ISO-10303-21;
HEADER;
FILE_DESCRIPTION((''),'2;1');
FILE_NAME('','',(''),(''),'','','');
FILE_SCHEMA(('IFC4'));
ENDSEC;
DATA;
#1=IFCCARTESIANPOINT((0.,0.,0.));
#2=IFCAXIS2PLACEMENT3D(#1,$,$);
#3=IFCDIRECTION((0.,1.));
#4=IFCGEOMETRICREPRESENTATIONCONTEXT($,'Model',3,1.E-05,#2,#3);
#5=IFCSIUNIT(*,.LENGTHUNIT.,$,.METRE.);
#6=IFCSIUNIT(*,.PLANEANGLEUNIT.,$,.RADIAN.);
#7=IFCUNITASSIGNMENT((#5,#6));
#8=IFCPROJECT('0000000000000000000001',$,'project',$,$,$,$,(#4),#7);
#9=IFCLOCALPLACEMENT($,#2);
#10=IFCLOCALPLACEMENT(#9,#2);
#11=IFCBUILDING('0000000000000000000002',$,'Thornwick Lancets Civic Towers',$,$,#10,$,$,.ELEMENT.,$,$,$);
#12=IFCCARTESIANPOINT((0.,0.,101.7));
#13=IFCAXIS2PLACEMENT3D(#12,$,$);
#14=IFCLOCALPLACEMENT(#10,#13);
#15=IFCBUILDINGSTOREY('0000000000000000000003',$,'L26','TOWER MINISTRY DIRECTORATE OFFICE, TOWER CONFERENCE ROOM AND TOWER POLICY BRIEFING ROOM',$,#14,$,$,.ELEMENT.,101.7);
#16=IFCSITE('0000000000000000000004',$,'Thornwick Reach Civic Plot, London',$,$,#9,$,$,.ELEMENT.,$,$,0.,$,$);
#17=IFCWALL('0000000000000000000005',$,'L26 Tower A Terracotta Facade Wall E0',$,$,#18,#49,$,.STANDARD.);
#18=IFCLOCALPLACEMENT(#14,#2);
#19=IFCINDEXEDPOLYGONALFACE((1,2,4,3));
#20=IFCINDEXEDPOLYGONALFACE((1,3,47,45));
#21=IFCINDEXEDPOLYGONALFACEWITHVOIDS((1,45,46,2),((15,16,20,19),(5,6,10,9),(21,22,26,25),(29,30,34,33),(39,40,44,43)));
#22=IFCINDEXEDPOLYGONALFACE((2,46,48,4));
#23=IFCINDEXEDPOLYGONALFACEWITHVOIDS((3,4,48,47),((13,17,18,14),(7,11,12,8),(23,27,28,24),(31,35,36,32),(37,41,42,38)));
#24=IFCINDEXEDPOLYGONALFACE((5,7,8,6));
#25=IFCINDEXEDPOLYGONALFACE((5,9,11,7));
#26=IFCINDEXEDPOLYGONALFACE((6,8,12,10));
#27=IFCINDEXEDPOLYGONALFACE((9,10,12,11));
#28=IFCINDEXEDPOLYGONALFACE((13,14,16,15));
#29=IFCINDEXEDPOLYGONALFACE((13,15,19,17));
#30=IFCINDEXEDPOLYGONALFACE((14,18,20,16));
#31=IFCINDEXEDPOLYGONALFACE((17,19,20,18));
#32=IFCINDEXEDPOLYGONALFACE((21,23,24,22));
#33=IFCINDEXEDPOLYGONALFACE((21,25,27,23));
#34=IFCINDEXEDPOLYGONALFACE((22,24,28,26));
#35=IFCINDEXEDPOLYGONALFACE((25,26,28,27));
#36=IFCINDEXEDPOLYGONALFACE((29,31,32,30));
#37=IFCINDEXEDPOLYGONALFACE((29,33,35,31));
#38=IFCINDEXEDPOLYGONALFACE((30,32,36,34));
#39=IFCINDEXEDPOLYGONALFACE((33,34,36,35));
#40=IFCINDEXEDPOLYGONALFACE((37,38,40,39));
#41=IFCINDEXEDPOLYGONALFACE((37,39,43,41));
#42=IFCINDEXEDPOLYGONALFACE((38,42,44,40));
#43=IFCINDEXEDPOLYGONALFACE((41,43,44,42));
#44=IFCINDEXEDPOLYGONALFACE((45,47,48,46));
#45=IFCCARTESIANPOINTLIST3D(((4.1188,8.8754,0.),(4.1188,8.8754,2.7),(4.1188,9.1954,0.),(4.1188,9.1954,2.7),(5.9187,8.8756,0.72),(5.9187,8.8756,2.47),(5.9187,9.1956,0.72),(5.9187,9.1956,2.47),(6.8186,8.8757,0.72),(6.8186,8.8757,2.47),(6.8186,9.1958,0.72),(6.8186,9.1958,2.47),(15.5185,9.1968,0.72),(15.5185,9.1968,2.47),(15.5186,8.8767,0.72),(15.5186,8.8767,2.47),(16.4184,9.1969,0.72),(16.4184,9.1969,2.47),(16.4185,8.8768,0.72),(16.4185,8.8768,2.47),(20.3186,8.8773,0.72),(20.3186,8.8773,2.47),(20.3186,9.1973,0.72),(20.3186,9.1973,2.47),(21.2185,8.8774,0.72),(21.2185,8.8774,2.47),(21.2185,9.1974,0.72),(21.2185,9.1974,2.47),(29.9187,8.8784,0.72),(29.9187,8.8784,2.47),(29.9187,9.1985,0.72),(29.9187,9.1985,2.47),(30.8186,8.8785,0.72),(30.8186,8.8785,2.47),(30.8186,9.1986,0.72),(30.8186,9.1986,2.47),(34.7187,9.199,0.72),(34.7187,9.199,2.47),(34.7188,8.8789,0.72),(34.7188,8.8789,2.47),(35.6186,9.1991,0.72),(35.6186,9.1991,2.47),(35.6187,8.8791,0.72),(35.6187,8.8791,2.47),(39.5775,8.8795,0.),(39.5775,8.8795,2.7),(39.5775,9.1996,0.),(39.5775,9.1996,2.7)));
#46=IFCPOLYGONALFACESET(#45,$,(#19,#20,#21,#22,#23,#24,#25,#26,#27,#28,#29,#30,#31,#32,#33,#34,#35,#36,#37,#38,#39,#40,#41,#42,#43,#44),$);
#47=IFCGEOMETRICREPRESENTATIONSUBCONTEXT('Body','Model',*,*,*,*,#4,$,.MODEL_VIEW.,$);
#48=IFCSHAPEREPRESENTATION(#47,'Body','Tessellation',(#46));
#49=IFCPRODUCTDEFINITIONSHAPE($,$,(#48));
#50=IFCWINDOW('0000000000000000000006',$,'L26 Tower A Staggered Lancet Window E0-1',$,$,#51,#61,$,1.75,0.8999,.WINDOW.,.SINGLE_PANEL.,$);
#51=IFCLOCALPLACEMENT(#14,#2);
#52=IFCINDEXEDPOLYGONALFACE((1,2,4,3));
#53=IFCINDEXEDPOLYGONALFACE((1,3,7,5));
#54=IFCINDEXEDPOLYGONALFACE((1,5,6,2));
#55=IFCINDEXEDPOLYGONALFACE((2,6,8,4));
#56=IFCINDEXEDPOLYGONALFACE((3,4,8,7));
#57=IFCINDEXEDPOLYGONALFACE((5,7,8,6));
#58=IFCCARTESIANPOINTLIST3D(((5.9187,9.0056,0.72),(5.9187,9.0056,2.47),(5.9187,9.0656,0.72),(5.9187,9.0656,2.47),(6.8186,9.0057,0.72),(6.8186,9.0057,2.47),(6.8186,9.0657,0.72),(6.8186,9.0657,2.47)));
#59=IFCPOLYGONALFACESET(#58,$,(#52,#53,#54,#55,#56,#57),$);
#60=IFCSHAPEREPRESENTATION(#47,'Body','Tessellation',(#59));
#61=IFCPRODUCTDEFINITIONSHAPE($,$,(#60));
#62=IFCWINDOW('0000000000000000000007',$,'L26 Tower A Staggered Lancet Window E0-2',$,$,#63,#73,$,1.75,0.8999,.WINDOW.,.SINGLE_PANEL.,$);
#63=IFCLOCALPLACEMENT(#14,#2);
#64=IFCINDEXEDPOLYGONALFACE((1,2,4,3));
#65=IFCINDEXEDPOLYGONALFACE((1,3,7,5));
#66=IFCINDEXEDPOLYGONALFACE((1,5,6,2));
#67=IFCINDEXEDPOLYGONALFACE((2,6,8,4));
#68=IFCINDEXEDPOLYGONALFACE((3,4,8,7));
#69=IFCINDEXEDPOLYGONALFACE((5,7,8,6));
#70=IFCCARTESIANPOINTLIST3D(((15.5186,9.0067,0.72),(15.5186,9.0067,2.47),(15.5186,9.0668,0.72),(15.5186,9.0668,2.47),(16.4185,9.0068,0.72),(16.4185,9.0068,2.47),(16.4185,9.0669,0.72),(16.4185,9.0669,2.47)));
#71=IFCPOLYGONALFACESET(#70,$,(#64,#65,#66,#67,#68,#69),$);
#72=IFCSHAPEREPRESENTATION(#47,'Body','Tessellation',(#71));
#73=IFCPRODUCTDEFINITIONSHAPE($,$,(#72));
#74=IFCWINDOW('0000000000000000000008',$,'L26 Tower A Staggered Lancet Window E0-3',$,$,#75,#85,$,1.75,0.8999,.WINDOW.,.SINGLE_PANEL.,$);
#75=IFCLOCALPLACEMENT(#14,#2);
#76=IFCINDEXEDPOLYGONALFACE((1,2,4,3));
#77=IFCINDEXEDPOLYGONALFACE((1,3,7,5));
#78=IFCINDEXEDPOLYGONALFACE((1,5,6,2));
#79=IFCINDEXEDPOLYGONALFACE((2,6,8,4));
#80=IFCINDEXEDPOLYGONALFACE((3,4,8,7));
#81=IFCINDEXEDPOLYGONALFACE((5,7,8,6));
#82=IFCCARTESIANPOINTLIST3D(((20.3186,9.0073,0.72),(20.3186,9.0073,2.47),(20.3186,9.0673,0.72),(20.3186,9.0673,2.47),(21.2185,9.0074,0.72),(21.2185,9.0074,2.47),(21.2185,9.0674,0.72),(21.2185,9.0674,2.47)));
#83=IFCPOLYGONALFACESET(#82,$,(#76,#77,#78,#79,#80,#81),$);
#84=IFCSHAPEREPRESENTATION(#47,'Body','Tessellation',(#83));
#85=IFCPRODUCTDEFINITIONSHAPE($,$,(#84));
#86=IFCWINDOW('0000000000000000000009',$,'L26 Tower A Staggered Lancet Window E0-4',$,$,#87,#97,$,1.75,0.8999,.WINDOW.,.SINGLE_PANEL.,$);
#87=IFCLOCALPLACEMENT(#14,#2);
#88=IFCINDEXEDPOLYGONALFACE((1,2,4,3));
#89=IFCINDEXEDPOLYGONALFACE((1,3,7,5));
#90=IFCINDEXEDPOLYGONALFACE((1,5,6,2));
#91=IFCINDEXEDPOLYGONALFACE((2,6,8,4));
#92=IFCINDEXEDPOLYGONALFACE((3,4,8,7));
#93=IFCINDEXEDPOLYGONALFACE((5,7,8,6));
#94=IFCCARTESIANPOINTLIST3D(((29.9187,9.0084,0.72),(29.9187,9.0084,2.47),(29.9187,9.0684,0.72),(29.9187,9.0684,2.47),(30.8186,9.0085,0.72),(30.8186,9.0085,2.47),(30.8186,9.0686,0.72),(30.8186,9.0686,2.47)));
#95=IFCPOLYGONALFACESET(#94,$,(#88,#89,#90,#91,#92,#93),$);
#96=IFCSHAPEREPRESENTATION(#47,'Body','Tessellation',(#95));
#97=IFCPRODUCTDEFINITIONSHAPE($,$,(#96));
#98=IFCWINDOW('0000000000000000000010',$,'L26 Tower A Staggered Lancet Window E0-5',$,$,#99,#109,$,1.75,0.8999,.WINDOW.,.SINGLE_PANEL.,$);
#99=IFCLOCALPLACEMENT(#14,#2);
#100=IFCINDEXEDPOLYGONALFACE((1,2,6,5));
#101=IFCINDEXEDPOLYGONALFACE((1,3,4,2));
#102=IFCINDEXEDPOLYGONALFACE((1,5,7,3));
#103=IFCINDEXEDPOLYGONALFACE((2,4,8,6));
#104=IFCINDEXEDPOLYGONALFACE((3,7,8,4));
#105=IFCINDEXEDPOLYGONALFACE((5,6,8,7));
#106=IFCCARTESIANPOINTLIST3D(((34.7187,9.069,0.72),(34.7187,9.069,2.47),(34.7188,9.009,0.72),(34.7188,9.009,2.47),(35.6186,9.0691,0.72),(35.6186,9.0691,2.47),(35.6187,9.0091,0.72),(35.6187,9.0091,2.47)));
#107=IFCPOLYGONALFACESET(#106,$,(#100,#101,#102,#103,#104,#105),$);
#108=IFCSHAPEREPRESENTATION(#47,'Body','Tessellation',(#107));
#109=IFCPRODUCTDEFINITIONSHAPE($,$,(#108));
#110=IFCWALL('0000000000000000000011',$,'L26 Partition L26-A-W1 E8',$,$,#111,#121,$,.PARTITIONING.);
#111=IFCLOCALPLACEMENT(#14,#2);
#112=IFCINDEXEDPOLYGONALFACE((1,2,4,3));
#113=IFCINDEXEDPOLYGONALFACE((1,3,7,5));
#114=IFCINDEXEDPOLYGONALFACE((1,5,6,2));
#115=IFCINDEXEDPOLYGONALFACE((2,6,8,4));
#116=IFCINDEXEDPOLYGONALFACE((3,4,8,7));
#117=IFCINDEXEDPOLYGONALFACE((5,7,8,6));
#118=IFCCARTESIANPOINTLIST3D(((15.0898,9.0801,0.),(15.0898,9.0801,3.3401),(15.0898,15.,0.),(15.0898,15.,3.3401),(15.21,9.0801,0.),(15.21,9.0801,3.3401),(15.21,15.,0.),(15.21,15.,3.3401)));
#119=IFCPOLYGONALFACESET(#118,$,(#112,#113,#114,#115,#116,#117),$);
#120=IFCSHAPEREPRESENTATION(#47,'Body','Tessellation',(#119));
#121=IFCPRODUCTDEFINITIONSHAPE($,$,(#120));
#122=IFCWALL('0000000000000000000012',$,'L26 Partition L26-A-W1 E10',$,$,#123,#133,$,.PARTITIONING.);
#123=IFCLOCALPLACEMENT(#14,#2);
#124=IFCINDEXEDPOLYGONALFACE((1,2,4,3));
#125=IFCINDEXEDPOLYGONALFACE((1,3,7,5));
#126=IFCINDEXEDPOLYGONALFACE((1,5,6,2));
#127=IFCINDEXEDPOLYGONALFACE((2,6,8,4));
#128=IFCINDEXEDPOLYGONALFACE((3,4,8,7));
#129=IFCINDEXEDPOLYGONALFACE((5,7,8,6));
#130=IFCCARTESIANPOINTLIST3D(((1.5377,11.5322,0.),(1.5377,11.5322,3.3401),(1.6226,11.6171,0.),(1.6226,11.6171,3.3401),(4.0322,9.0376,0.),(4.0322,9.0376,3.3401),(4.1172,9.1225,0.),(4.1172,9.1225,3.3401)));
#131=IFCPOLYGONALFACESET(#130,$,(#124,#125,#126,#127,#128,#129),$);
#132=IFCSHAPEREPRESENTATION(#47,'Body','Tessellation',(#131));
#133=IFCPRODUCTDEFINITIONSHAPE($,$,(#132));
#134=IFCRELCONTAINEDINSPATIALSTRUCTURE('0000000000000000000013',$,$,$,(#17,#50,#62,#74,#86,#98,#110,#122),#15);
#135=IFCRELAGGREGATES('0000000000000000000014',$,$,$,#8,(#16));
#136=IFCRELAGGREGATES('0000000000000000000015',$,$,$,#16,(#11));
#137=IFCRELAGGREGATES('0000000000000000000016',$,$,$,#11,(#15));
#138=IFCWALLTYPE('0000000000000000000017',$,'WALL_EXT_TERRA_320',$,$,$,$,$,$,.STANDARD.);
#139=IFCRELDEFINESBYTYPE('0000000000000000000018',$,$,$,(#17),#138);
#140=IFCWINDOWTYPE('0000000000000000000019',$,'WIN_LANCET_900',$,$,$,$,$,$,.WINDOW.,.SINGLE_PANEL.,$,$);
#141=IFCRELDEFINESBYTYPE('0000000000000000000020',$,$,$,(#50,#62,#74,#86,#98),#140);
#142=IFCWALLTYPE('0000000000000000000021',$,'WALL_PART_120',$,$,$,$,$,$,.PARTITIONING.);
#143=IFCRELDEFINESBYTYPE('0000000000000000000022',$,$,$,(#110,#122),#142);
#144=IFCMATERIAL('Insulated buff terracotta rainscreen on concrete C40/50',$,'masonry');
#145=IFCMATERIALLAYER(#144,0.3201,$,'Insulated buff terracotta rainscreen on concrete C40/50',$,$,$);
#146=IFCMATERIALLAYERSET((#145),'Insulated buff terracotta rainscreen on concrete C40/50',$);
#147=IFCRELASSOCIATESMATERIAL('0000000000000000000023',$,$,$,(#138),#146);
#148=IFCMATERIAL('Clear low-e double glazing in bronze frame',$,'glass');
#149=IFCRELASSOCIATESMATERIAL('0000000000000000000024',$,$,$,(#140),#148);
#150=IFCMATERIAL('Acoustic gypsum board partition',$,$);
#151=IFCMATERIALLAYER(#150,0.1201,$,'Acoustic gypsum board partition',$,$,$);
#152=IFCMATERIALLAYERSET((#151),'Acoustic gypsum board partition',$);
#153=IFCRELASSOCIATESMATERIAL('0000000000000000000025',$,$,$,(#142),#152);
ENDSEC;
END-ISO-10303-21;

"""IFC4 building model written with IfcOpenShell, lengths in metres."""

from ifc_helpers import new_model, si_unit, direction, frame, frame_2d, origin, place, context, subcontext, project, spatial, rectangle, extrude, material, layer, layer_set, type_object, element, fill, save


model = new_model("IFC4")

# Units and contexts
model_context = context("Model", 3, precision=1e-05, world=origin(), true_north=direction((0.0, 1.0)))
body_context = subcontext(model_context, "Body", "Model", "MODEL_VIEW")
ifc_project = project(units=[si_unit("LENGTHUNIT", "METRE"), si_unit("PLANEANGLEUNIT", "RADIAN")], contexts=[model_context])

# Site, building, storey
site_placement = place(None, origin())
site = spatial("IfcSite", under=ifc_project, at=site_placement, Name="Thornwick Reach Civic Plot, London", CompositionType="ELEMENT", RefElevation=0.0)
building_placement = place(site_placement, origin())
building = spatial("IfcBuilding", under=site, at=building_placement, Name="Thornwick Lancets Civic Towers", CompositionType="ELEMENT")
storey_placement = place(building_placement, frame((0.0, 0.0, 101.7)))
storey = spatial("IfcBuildingStorey", under=building, at=storey_placement, Name="L26", Description="TOWER MINISTRY DIRECTORATE OFFICE, TOWER CONFERENCE ROOM AND TOWER POLICY BRIEFING ROOM", CompositionType="ELEMENT", Elevation=101.7)

# Wall, openings, windows
ifc_material_1 = material(Name="Insulated buff terracotta rainscreen on concrete C40/50", Category="masonry")
ifc_layer_1 = layer(ifc_material_1, 0.3201, Name="Insulated buff terracotta rainscreen on concrete C40/50")
ifc_layer_set_1 = layer_set([ifc_layer_1], Name="Insulated buff terracotta rainscreen on concrete C40/50")
wall_type_1 = type_object("IfcWallType", Name="WALL_EXT_TERRA_320", PredefinedType="STANDARD", material=ifc_layer_set_1)
wall_1_placement = place(storey_placement, frame((4.1187, 9.0354, 0.0), z_axis=(0.0, 0.0, 1.0), x_axis=(1.0, 0.000117, 0.0)))
wall_1 = element("IfcWall", 1, at=wall_1_placement, inside=storey, type_object=wall_type_1, Name="L26 Tower A Terracotta Facade Wall E0", PredefinedType="STANDARD", context=body_context, shape_type="SweptSolid", body=[
    extrude(rectangle(XDim=35.4587, YDim=0.3201, at=frame_2d((17.7295, 0.0))), origin(), (0.0, 0.0, 1.0), 2.7),
])
opening_1_placement = place(wall_1_placement, frame((1.8, 0.0, 0.72)))
opening_1 = element("IfcOpeningElement", 2, at=opening_1_placement, cuts=wall_1, PredefinedType="OPENING", context=body_context, shape_type="SweptSolid", body=[
    extrude(rectangle(XDim=0.8999, YDim=1.75, at=frame_2d((0.45, 0.875))), frame((0.0, 0.1699, 0.0), z_axis=(0.0, -1.0, 0.0), x_axis=(1.0, 0.0, 0.0)), (0.0, 0.0, 1.0), 0.3401),
])
opening_2_placement = place(wall_1_placement, frame((11.3999, 0.0, 0.72)))
opening_2 = element("IfcOpeningElement", 3, at=opening_2_placement, cuts=wall_1, PredefinedType="OPENING", context=body_context, shape_type="SweptSolid", body=[
    extrude(rectangle(XDim=0.8999, YDim=1.75, at=frame_2d((0.45, 0.875))), frame((0.0, 0.1699, 0.0), z_axis=(0.0, -1.0, 0.0), x_axis=(1.0, 0.0, 0.0)), (0.0, 0.0, 1.0), 0.3401),
])
opening_3_placement = place(wall_1_placement, frame((16.2, 0.0, 0.72)))
opening_3 = element("IfcOpeningElement", 4, at=opening_3_placement, cuts=wall_1, PredefinedType="OPENING", context=body_context, shape_type="SweptSolid", body=[
    extrude(rectangle(XDim=0.8999, YDim=1.75, at=frame_2d((0.45, 0.875))), frame((0.0, 0.1699, 0.0), z_axis=(0.0, -1.0, 0.0), x_axis=(1.0, 0.0, 0.0)), (0.0, 0.0, 1.0), 0.3401),
])
opening_4_placement = place(wall_1_placement, frame((25.8, 0.0, 0.72)))
opening_4 = element("IfcOpeningElement", 5, at=opening_4_placement, cuts=wall_1, PredefinedType="OPENING", context=body_context, shape_type="SweptSolid", body=[
    extrude(rectangle(XDim=0.8999, YDim=1.75, at=frame_2d((0.45, 0.875))), frame((0.0, 0.1699, 0.0), z_axis=(0.0, -1.0, 0.0), x_axis=(1.0, 0.0, 0.0)), (0.0, 0.0, 1.0), 0.3401),
])
opening_5_placement = place(wall_1_placement, frame((30.6001, 0.0, 0.72)))
opening_5 = element("IfcOpeningElement", 6, at=opening_5_placement, cuts=wall_1, PredefinedType="OPENING", context=body_context, shape_type="SweptSolid", body=[
    extrude(rectangle(XDim=0.8999, YDim=1.75, at=frame_2d((0.45, 0.875))), frame((0.0, 0.1699, 0.0), z_axis=(0.0, -1.0, 0.0), x_axis=(1.0, 0.0, 0.0)), (0.0, 0.0, 1.0), 0.3401),
])
ifc_material_2 = material(Name="Clear low-e double glazing in bronze frame", Category="glass")
window_type = type_object("IfcWindowType", Name="WIN_LANCET_900", PartitioningType="SINGLE_PANEL", PredefinedType="WINDOW", material=ifc_material_2)
window_1_placement = place(opening_1_placement, origin())
window_1 = element("IfcWindow", 7, at=window_1_placement, inside=storey, type_object=window_type, Name="L26 Tower A Staggered Lancet Window E0-1", OverallHeight=1.75, OverallWidth=0.8999, PartitioningType="SINGLE_PANEL", PredefinedType="WINDOW", context=body_context, shape_type="SweptSolid", body=[
    extrude(rectangle(XDim=0.8999, YDim=1.75, at=frame_2d((0.45, 0.875))), frame((0.0, 0.03, 0.0), z_axis=(0.0, -1.0, 0.0), x_axis=(1.0, 0.0, 0.0)), (0.0, 0.0, 1.0), 0.0601),
])
fill(opening_1, window_1)
window_2_placement = place(opening_2_placement, origin())
window_2 = element("IfcWindow", 8, at=window_2_placement, inside=storey, type_object=window_type, Name="L26 Tower A Staggered Lancet Window E0-2", OverallHeight=1.75, OverallWidth=0.8999, PartitioningType="SINGLE_PANEL", PredefinedType="WINDOW", context=body_context, shape_type="SweptSolid", body=[
    extrude(rectangle(XDim=0.8999, YDim=1.75, at=frame_2d((0.45, 0.875))), frame((0.0, 0.03, 0.0), z_axis=(0.0, -1.0, 0.0), x_axis=(1.0, 0.0, 0.0)), (0.0, 0.0, 1.0), 0.0601),
])
fill(opening_2, window_2)
window_3_placement = place(opening_3_placement, origin())
window_3 = element("IfcWindow", 9, at=window_3_placement, inside=storey, type_object=window_type, Name="L26 Tower A Staggered Lancet Window E0-3", OverallHeight=1.75, OverallWidth=0.8999, PartitioningType="SINGLE_PANEL", PredefinedType="WINDOW", context=body_context, shape_type="SweptSolid", body=[
    extrude(rectangle(XDim=0.8999, YDim=1.75, at=frame_2d((0.45, 0.875))), frame((0.0, 0.03, 0.0), z_axis=(0.0, -1.0, 0.0), x_axis=(1.0, 0.0, 0.0)), (0.0, 0.0, 1.0), 0.0601),
])
fill(opening_3, window_3)
window_4_placement = place(opening_4_placement, origin())
window_4 = element("IfcWindow", 10, at=window_4_placement, inside=storey, type_object=window_type, Name="L26 Tower A Staggered Lancet Window E0-4", OverallHeight=1.75, OverallWidth=0.8999, PartitioningType="SINGLE_PANEL", PredefinedType="WINDOW", context=body_context, shape_type="SweptSolid", body=[
    extrude(rectangle(XDim=0.8999, YDim=1.75, at=frame_2d((0.45, 0.875))), frame((0.0, 0.03, 0.0), z_axis=(0.0, -1.0, 0.0), x_axis=(1.0, 0.0, 0.0)), (0.0, 0.0, 1.0), 0.0601),
])
fill(opening_4, window_4)
window_5_placement = place(opening_5_placement, origin())
window_5 = element("IfcWindow", 11, at=window_5_placement, inside=storey, type_object=window_type, Name="L26 Tower A Staggered Lancet Window E0-5", OverallHeight=1.75, OverallWidth=0.8999, PartitioningType="SINGLE_PANEL", PredefinedType="WINDOW", context=body_context, shape_type="SweptSolid", body=[
    extrude(rectangle(XDim=0.8999, YDim=1.75, at=frame_2d((0.45, 0.875))), frame((0.0, 0.03, 0.0), z_axis=(0.0, -1.0, 0.0), x_axis=(1.0, 0.0, 0.0)), (0.0, 0.0, 1.0), 0.0601),
])
fill(opening_5, window_5)

# Walls
ifc_material_3 = material(Name="Acoustic gypsum board partition")
ifc_layer_2 = layer(ifc_material_3, 0.1201, Name="Acoustic gypsum board partition")
ifc_layer_set_2 = layer_set([ifc_layer_2], Name="Acoustic gypsum board partition")
wall_type_2 = type_object("IfcWallType", Name="WALL_PART_120", PredefinedType="PARTITIONING", material=ifc_layer_set_2)
wall_2_placement = place(storey_placement, frame((15.1499, 15.0, 0.0), z_axis=(0.0, 0.0, 1.0), x_axis=(0.0, -1.0, 0.0)))
element("IfcWall", 12, at=wall_2_placement, inside=storey, type_object=wall_type_2, Name="L26 Partition L26-A-W1 E8", PredefinedType="PARTITIONING", context=body_context, shape_type="SweptSolid", body=[
    extrude(rectangle(XDim=5.9199, YDim=0.1201, at=frame_2d((2.96, 0.0))), origin(), (0.0, 0.0, 1.0), 3.3401),
])
wall_3_placement = place(storey_placement, frame((4.0747, 9.0801, 0.0), z_axis=(0.0, 0.0, 1.0), x_axis=(-0.707107, 0.707107, 0.0)))
element("IfcWall", 13, at=wall_3_placement, inside=storey, type_object=wall_type_2, Name="L26 Partition L26-A-W1 E10", PredefinedType="PARTITIONING", context=body_context, shape_type="SweptSolid", body=[
    extrude(rectangle(XDim=3.5278, YDim=0.1201, at=frame_2d((1.7639, 0.0))), origin(), (0.0, 0.0, 1.0), 3.3401),
])

save(model, "model.ifc")
